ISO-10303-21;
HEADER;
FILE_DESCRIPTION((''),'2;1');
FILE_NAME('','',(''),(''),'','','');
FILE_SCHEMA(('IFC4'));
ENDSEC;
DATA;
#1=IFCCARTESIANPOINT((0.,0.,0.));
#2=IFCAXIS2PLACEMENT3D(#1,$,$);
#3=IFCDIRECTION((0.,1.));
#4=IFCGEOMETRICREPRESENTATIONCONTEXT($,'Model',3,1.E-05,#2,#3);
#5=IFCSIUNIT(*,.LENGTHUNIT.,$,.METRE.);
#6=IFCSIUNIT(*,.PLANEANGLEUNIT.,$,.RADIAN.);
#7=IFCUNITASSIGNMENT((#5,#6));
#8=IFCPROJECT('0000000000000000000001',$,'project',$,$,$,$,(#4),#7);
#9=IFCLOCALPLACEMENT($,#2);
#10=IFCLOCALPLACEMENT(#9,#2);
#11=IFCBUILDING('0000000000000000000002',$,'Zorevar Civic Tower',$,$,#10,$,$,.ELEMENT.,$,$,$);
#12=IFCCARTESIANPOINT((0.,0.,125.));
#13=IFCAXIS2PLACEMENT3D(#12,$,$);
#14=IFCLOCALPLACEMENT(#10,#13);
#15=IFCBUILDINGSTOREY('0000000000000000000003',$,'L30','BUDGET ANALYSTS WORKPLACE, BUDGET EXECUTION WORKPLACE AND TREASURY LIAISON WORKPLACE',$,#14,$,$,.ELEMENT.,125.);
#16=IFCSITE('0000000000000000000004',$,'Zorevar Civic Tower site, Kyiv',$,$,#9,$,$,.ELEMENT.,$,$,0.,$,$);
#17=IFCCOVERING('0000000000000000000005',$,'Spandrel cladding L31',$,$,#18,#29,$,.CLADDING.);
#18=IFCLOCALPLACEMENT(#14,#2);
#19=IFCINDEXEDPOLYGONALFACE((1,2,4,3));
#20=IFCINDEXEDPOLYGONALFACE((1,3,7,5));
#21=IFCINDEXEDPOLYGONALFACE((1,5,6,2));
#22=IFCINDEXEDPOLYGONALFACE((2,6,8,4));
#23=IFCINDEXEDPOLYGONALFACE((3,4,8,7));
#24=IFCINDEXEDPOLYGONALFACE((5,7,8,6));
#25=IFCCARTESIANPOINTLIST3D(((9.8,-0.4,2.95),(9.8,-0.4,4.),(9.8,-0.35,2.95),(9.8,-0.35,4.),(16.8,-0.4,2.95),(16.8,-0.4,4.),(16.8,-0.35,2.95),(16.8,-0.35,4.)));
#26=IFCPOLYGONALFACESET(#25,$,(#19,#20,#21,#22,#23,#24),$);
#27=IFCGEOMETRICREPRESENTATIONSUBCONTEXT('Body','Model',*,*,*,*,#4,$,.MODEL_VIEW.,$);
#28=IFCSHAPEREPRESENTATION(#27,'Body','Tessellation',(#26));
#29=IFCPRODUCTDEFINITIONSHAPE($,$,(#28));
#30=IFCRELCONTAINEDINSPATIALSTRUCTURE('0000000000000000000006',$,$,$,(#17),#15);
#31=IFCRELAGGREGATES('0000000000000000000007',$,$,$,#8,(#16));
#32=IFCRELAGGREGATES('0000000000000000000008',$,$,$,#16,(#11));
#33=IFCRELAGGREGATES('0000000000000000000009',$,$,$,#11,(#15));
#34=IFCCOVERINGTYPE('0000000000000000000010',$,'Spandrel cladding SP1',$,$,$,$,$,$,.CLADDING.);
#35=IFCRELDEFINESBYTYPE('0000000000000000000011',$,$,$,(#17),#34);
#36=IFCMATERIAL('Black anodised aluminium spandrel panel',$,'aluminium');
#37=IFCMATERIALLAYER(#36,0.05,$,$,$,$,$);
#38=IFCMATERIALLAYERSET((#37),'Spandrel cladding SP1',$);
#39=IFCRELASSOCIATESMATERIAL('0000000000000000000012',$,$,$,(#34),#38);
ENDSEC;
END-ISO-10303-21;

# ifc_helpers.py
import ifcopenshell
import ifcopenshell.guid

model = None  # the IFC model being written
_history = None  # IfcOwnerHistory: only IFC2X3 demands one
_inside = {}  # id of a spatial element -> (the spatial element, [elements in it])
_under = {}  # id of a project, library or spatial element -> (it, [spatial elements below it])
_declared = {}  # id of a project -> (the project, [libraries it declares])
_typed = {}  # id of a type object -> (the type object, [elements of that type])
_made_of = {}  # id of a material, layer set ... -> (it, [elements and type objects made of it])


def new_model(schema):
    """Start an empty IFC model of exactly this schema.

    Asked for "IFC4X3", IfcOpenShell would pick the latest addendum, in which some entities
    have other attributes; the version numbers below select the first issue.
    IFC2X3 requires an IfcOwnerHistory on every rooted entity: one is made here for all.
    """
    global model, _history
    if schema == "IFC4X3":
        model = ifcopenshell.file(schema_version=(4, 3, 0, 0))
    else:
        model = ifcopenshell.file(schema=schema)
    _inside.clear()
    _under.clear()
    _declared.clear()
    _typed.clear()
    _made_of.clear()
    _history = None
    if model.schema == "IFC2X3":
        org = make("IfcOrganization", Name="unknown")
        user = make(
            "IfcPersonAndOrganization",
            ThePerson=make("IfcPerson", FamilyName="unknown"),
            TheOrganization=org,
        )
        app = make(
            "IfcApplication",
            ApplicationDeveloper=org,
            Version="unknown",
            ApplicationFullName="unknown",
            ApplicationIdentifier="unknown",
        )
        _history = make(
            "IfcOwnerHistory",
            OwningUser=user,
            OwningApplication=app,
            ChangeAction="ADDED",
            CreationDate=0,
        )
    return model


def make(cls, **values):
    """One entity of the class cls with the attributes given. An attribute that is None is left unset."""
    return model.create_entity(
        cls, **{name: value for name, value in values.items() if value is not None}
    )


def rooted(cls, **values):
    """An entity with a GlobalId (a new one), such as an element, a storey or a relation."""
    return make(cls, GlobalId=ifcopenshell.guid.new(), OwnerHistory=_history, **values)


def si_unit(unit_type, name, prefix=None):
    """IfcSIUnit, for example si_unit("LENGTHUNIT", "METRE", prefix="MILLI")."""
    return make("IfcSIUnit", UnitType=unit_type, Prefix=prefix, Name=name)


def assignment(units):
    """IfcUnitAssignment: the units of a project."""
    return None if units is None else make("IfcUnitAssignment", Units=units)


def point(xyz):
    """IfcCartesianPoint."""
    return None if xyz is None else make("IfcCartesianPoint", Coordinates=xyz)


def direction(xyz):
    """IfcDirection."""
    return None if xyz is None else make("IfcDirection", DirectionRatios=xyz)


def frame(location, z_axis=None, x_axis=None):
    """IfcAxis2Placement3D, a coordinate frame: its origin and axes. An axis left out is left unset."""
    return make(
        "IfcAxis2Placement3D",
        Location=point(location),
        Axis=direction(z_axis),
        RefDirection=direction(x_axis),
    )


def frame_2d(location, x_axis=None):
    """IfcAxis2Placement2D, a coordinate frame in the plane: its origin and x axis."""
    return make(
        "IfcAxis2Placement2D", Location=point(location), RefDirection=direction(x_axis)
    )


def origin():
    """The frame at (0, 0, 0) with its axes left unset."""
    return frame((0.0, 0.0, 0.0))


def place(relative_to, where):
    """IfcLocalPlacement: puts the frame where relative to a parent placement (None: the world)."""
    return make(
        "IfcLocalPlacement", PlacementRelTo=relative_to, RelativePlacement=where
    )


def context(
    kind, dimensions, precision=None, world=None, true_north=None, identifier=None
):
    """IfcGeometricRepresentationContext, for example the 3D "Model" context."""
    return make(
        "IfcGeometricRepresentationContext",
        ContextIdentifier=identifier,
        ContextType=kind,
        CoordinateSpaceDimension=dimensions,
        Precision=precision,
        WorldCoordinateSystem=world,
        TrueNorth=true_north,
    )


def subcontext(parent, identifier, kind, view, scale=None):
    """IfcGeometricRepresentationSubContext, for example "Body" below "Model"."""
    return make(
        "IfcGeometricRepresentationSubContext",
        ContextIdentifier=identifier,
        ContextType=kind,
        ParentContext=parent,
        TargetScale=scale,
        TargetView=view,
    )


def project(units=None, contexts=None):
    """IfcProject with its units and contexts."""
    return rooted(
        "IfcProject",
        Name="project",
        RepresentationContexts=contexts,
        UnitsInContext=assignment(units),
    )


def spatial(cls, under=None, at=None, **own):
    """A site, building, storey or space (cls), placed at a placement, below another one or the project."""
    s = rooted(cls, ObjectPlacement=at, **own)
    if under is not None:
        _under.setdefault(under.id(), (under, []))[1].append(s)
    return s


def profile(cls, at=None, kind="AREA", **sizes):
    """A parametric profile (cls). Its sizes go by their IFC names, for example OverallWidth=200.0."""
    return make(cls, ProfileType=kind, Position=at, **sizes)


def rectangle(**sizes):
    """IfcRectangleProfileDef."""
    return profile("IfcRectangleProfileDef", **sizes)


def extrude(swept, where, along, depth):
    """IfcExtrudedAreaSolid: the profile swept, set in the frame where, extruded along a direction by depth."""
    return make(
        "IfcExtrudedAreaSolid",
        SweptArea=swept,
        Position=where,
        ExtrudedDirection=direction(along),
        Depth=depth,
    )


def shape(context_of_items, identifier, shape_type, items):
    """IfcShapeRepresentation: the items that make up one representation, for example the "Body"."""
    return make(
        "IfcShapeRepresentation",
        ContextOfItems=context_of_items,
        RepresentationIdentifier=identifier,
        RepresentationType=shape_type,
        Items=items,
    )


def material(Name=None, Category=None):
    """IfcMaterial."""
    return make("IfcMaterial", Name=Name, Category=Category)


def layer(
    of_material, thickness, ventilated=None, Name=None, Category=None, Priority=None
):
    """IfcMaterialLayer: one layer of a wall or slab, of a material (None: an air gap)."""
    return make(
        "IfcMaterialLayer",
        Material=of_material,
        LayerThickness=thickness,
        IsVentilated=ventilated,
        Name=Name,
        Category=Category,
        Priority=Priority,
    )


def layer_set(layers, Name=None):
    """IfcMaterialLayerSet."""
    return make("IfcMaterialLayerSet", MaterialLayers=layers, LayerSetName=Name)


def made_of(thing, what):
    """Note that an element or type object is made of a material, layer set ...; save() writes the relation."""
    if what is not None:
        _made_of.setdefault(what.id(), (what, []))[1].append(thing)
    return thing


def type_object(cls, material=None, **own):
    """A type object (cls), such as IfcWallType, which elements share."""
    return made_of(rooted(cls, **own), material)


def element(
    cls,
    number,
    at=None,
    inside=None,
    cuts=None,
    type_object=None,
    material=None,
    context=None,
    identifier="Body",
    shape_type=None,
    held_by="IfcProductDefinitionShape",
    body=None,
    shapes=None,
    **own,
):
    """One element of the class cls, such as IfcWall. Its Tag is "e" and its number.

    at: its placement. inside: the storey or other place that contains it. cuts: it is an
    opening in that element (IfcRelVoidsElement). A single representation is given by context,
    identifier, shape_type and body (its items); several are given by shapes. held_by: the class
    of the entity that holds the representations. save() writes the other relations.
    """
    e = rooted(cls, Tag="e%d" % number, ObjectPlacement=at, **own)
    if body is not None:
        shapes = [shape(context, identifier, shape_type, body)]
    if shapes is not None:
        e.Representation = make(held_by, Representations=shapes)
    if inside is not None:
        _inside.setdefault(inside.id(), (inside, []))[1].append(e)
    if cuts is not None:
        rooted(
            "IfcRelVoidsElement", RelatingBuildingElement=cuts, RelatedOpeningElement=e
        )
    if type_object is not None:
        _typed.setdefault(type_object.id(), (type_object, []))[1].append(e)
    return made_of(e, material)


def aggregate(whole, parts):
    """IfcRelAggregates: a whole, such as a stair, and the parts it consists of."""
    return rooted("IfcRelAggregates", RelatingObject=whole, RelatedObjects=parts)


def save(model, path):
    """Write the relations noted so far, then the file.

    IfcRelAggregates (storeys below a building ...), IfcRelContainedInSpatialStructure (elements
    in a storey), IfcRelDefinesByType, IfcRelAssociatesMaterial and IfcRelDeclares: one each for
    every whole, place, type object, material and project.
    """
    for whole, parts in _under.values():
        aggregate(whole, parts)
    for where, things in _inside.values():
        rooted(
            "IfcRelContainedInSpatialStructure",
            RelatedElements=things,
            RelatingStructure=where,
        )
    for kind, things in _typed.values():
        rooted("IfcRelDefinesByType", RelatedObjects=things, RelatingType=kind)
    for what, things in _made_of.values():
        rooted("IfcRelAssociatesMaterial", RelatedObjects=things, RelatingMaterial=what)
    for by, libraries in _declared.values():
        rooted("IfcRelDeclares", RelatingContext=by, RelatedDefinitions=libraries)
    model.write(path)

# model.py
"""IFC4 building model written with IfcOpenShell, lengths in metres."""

from ifc_helpers import new_model, si_unit, direction, frame, frame_2d, origin, place, context, subcontext, project, spatial, rectangle, extrude, material, layer, layer_set, type_object, element, save


model = new_model("IFC4")

# Units and contexts
model_context = context("Model", 3, precision=1e-05, world=origin(), true_north=direction((0.0, 1.0)))
body_context = subcontext(model_context, "Body", "Model", "MODEL_VIEW")
ifc_project = project(units=[si_unit("LENGTHUNIT", "METRE"), si_unit("PLANEANGLEUNIT", "RADIAN")], contexts=[model_context])

# Site, building, storey
site_placement = place(None, origin())
site = spatial("IfcSite", under=ifc_project, at=site_placement, Name="Zorevar Civic Tower site, Kyiv", CompositionType="ELEMENT", RefElevation=0.0)
building_placement = place(site_placement, origin())
building = spatial("IfcBuilding", under=site, at=building_placement, Name="Zorevar Civic Tower", CompositionType="ELEMENT")
storey_placement = place(building_placement, frame((0.0, 0.0, 125.0)))
storey = spatial("IfcBuildingStorey", under=building, at=storey_placement, Name="L30", Description="BUDGET ANALYSTS WORKPLACE, BUDGET EXECUTION WORKPLACE AND TREASURY LIAISON WORKPLACE", CompositionType="ELEMENT", Elevation=125.0)

# Covering
ifc_material_1 = material(Name="Black anodised aluminium spandrel panel", Category="aluminium")
ifc_layer_1 = layer(ifc_material_1, 0.05)
ifc_layer_set_1 = layer_set([ifc_layer_1], Name="Spandrel cladding SP1")
covering_type = type_object("IfcCoveringType", Name="Spandrel cladding SP1", PredefinedType="CLADDING", material=ifc_layer_set_1)
covering_placement = place(storey_placement, frame((9.8, -0.375, 2.95), z_axis=(0.0, 0.0, 1.0), x_axis=(1.0, 0.0, 0.0)))
element("IfcCovering", 1, at=covering_placement, inside=storey, type_object=covering_type, Name="Spandrel cladding L31", PredefinedType="CLADDING", context=body_context, shape_type="SweptSolid", body=[
    extrude(rectangle(XDim=7.0, YDim=0.05, at=frame_2d((3.5, 0.0))), origin(), (0.0, 0.0, 1.0), 1.05),
])

save(model, "model.ifc")
